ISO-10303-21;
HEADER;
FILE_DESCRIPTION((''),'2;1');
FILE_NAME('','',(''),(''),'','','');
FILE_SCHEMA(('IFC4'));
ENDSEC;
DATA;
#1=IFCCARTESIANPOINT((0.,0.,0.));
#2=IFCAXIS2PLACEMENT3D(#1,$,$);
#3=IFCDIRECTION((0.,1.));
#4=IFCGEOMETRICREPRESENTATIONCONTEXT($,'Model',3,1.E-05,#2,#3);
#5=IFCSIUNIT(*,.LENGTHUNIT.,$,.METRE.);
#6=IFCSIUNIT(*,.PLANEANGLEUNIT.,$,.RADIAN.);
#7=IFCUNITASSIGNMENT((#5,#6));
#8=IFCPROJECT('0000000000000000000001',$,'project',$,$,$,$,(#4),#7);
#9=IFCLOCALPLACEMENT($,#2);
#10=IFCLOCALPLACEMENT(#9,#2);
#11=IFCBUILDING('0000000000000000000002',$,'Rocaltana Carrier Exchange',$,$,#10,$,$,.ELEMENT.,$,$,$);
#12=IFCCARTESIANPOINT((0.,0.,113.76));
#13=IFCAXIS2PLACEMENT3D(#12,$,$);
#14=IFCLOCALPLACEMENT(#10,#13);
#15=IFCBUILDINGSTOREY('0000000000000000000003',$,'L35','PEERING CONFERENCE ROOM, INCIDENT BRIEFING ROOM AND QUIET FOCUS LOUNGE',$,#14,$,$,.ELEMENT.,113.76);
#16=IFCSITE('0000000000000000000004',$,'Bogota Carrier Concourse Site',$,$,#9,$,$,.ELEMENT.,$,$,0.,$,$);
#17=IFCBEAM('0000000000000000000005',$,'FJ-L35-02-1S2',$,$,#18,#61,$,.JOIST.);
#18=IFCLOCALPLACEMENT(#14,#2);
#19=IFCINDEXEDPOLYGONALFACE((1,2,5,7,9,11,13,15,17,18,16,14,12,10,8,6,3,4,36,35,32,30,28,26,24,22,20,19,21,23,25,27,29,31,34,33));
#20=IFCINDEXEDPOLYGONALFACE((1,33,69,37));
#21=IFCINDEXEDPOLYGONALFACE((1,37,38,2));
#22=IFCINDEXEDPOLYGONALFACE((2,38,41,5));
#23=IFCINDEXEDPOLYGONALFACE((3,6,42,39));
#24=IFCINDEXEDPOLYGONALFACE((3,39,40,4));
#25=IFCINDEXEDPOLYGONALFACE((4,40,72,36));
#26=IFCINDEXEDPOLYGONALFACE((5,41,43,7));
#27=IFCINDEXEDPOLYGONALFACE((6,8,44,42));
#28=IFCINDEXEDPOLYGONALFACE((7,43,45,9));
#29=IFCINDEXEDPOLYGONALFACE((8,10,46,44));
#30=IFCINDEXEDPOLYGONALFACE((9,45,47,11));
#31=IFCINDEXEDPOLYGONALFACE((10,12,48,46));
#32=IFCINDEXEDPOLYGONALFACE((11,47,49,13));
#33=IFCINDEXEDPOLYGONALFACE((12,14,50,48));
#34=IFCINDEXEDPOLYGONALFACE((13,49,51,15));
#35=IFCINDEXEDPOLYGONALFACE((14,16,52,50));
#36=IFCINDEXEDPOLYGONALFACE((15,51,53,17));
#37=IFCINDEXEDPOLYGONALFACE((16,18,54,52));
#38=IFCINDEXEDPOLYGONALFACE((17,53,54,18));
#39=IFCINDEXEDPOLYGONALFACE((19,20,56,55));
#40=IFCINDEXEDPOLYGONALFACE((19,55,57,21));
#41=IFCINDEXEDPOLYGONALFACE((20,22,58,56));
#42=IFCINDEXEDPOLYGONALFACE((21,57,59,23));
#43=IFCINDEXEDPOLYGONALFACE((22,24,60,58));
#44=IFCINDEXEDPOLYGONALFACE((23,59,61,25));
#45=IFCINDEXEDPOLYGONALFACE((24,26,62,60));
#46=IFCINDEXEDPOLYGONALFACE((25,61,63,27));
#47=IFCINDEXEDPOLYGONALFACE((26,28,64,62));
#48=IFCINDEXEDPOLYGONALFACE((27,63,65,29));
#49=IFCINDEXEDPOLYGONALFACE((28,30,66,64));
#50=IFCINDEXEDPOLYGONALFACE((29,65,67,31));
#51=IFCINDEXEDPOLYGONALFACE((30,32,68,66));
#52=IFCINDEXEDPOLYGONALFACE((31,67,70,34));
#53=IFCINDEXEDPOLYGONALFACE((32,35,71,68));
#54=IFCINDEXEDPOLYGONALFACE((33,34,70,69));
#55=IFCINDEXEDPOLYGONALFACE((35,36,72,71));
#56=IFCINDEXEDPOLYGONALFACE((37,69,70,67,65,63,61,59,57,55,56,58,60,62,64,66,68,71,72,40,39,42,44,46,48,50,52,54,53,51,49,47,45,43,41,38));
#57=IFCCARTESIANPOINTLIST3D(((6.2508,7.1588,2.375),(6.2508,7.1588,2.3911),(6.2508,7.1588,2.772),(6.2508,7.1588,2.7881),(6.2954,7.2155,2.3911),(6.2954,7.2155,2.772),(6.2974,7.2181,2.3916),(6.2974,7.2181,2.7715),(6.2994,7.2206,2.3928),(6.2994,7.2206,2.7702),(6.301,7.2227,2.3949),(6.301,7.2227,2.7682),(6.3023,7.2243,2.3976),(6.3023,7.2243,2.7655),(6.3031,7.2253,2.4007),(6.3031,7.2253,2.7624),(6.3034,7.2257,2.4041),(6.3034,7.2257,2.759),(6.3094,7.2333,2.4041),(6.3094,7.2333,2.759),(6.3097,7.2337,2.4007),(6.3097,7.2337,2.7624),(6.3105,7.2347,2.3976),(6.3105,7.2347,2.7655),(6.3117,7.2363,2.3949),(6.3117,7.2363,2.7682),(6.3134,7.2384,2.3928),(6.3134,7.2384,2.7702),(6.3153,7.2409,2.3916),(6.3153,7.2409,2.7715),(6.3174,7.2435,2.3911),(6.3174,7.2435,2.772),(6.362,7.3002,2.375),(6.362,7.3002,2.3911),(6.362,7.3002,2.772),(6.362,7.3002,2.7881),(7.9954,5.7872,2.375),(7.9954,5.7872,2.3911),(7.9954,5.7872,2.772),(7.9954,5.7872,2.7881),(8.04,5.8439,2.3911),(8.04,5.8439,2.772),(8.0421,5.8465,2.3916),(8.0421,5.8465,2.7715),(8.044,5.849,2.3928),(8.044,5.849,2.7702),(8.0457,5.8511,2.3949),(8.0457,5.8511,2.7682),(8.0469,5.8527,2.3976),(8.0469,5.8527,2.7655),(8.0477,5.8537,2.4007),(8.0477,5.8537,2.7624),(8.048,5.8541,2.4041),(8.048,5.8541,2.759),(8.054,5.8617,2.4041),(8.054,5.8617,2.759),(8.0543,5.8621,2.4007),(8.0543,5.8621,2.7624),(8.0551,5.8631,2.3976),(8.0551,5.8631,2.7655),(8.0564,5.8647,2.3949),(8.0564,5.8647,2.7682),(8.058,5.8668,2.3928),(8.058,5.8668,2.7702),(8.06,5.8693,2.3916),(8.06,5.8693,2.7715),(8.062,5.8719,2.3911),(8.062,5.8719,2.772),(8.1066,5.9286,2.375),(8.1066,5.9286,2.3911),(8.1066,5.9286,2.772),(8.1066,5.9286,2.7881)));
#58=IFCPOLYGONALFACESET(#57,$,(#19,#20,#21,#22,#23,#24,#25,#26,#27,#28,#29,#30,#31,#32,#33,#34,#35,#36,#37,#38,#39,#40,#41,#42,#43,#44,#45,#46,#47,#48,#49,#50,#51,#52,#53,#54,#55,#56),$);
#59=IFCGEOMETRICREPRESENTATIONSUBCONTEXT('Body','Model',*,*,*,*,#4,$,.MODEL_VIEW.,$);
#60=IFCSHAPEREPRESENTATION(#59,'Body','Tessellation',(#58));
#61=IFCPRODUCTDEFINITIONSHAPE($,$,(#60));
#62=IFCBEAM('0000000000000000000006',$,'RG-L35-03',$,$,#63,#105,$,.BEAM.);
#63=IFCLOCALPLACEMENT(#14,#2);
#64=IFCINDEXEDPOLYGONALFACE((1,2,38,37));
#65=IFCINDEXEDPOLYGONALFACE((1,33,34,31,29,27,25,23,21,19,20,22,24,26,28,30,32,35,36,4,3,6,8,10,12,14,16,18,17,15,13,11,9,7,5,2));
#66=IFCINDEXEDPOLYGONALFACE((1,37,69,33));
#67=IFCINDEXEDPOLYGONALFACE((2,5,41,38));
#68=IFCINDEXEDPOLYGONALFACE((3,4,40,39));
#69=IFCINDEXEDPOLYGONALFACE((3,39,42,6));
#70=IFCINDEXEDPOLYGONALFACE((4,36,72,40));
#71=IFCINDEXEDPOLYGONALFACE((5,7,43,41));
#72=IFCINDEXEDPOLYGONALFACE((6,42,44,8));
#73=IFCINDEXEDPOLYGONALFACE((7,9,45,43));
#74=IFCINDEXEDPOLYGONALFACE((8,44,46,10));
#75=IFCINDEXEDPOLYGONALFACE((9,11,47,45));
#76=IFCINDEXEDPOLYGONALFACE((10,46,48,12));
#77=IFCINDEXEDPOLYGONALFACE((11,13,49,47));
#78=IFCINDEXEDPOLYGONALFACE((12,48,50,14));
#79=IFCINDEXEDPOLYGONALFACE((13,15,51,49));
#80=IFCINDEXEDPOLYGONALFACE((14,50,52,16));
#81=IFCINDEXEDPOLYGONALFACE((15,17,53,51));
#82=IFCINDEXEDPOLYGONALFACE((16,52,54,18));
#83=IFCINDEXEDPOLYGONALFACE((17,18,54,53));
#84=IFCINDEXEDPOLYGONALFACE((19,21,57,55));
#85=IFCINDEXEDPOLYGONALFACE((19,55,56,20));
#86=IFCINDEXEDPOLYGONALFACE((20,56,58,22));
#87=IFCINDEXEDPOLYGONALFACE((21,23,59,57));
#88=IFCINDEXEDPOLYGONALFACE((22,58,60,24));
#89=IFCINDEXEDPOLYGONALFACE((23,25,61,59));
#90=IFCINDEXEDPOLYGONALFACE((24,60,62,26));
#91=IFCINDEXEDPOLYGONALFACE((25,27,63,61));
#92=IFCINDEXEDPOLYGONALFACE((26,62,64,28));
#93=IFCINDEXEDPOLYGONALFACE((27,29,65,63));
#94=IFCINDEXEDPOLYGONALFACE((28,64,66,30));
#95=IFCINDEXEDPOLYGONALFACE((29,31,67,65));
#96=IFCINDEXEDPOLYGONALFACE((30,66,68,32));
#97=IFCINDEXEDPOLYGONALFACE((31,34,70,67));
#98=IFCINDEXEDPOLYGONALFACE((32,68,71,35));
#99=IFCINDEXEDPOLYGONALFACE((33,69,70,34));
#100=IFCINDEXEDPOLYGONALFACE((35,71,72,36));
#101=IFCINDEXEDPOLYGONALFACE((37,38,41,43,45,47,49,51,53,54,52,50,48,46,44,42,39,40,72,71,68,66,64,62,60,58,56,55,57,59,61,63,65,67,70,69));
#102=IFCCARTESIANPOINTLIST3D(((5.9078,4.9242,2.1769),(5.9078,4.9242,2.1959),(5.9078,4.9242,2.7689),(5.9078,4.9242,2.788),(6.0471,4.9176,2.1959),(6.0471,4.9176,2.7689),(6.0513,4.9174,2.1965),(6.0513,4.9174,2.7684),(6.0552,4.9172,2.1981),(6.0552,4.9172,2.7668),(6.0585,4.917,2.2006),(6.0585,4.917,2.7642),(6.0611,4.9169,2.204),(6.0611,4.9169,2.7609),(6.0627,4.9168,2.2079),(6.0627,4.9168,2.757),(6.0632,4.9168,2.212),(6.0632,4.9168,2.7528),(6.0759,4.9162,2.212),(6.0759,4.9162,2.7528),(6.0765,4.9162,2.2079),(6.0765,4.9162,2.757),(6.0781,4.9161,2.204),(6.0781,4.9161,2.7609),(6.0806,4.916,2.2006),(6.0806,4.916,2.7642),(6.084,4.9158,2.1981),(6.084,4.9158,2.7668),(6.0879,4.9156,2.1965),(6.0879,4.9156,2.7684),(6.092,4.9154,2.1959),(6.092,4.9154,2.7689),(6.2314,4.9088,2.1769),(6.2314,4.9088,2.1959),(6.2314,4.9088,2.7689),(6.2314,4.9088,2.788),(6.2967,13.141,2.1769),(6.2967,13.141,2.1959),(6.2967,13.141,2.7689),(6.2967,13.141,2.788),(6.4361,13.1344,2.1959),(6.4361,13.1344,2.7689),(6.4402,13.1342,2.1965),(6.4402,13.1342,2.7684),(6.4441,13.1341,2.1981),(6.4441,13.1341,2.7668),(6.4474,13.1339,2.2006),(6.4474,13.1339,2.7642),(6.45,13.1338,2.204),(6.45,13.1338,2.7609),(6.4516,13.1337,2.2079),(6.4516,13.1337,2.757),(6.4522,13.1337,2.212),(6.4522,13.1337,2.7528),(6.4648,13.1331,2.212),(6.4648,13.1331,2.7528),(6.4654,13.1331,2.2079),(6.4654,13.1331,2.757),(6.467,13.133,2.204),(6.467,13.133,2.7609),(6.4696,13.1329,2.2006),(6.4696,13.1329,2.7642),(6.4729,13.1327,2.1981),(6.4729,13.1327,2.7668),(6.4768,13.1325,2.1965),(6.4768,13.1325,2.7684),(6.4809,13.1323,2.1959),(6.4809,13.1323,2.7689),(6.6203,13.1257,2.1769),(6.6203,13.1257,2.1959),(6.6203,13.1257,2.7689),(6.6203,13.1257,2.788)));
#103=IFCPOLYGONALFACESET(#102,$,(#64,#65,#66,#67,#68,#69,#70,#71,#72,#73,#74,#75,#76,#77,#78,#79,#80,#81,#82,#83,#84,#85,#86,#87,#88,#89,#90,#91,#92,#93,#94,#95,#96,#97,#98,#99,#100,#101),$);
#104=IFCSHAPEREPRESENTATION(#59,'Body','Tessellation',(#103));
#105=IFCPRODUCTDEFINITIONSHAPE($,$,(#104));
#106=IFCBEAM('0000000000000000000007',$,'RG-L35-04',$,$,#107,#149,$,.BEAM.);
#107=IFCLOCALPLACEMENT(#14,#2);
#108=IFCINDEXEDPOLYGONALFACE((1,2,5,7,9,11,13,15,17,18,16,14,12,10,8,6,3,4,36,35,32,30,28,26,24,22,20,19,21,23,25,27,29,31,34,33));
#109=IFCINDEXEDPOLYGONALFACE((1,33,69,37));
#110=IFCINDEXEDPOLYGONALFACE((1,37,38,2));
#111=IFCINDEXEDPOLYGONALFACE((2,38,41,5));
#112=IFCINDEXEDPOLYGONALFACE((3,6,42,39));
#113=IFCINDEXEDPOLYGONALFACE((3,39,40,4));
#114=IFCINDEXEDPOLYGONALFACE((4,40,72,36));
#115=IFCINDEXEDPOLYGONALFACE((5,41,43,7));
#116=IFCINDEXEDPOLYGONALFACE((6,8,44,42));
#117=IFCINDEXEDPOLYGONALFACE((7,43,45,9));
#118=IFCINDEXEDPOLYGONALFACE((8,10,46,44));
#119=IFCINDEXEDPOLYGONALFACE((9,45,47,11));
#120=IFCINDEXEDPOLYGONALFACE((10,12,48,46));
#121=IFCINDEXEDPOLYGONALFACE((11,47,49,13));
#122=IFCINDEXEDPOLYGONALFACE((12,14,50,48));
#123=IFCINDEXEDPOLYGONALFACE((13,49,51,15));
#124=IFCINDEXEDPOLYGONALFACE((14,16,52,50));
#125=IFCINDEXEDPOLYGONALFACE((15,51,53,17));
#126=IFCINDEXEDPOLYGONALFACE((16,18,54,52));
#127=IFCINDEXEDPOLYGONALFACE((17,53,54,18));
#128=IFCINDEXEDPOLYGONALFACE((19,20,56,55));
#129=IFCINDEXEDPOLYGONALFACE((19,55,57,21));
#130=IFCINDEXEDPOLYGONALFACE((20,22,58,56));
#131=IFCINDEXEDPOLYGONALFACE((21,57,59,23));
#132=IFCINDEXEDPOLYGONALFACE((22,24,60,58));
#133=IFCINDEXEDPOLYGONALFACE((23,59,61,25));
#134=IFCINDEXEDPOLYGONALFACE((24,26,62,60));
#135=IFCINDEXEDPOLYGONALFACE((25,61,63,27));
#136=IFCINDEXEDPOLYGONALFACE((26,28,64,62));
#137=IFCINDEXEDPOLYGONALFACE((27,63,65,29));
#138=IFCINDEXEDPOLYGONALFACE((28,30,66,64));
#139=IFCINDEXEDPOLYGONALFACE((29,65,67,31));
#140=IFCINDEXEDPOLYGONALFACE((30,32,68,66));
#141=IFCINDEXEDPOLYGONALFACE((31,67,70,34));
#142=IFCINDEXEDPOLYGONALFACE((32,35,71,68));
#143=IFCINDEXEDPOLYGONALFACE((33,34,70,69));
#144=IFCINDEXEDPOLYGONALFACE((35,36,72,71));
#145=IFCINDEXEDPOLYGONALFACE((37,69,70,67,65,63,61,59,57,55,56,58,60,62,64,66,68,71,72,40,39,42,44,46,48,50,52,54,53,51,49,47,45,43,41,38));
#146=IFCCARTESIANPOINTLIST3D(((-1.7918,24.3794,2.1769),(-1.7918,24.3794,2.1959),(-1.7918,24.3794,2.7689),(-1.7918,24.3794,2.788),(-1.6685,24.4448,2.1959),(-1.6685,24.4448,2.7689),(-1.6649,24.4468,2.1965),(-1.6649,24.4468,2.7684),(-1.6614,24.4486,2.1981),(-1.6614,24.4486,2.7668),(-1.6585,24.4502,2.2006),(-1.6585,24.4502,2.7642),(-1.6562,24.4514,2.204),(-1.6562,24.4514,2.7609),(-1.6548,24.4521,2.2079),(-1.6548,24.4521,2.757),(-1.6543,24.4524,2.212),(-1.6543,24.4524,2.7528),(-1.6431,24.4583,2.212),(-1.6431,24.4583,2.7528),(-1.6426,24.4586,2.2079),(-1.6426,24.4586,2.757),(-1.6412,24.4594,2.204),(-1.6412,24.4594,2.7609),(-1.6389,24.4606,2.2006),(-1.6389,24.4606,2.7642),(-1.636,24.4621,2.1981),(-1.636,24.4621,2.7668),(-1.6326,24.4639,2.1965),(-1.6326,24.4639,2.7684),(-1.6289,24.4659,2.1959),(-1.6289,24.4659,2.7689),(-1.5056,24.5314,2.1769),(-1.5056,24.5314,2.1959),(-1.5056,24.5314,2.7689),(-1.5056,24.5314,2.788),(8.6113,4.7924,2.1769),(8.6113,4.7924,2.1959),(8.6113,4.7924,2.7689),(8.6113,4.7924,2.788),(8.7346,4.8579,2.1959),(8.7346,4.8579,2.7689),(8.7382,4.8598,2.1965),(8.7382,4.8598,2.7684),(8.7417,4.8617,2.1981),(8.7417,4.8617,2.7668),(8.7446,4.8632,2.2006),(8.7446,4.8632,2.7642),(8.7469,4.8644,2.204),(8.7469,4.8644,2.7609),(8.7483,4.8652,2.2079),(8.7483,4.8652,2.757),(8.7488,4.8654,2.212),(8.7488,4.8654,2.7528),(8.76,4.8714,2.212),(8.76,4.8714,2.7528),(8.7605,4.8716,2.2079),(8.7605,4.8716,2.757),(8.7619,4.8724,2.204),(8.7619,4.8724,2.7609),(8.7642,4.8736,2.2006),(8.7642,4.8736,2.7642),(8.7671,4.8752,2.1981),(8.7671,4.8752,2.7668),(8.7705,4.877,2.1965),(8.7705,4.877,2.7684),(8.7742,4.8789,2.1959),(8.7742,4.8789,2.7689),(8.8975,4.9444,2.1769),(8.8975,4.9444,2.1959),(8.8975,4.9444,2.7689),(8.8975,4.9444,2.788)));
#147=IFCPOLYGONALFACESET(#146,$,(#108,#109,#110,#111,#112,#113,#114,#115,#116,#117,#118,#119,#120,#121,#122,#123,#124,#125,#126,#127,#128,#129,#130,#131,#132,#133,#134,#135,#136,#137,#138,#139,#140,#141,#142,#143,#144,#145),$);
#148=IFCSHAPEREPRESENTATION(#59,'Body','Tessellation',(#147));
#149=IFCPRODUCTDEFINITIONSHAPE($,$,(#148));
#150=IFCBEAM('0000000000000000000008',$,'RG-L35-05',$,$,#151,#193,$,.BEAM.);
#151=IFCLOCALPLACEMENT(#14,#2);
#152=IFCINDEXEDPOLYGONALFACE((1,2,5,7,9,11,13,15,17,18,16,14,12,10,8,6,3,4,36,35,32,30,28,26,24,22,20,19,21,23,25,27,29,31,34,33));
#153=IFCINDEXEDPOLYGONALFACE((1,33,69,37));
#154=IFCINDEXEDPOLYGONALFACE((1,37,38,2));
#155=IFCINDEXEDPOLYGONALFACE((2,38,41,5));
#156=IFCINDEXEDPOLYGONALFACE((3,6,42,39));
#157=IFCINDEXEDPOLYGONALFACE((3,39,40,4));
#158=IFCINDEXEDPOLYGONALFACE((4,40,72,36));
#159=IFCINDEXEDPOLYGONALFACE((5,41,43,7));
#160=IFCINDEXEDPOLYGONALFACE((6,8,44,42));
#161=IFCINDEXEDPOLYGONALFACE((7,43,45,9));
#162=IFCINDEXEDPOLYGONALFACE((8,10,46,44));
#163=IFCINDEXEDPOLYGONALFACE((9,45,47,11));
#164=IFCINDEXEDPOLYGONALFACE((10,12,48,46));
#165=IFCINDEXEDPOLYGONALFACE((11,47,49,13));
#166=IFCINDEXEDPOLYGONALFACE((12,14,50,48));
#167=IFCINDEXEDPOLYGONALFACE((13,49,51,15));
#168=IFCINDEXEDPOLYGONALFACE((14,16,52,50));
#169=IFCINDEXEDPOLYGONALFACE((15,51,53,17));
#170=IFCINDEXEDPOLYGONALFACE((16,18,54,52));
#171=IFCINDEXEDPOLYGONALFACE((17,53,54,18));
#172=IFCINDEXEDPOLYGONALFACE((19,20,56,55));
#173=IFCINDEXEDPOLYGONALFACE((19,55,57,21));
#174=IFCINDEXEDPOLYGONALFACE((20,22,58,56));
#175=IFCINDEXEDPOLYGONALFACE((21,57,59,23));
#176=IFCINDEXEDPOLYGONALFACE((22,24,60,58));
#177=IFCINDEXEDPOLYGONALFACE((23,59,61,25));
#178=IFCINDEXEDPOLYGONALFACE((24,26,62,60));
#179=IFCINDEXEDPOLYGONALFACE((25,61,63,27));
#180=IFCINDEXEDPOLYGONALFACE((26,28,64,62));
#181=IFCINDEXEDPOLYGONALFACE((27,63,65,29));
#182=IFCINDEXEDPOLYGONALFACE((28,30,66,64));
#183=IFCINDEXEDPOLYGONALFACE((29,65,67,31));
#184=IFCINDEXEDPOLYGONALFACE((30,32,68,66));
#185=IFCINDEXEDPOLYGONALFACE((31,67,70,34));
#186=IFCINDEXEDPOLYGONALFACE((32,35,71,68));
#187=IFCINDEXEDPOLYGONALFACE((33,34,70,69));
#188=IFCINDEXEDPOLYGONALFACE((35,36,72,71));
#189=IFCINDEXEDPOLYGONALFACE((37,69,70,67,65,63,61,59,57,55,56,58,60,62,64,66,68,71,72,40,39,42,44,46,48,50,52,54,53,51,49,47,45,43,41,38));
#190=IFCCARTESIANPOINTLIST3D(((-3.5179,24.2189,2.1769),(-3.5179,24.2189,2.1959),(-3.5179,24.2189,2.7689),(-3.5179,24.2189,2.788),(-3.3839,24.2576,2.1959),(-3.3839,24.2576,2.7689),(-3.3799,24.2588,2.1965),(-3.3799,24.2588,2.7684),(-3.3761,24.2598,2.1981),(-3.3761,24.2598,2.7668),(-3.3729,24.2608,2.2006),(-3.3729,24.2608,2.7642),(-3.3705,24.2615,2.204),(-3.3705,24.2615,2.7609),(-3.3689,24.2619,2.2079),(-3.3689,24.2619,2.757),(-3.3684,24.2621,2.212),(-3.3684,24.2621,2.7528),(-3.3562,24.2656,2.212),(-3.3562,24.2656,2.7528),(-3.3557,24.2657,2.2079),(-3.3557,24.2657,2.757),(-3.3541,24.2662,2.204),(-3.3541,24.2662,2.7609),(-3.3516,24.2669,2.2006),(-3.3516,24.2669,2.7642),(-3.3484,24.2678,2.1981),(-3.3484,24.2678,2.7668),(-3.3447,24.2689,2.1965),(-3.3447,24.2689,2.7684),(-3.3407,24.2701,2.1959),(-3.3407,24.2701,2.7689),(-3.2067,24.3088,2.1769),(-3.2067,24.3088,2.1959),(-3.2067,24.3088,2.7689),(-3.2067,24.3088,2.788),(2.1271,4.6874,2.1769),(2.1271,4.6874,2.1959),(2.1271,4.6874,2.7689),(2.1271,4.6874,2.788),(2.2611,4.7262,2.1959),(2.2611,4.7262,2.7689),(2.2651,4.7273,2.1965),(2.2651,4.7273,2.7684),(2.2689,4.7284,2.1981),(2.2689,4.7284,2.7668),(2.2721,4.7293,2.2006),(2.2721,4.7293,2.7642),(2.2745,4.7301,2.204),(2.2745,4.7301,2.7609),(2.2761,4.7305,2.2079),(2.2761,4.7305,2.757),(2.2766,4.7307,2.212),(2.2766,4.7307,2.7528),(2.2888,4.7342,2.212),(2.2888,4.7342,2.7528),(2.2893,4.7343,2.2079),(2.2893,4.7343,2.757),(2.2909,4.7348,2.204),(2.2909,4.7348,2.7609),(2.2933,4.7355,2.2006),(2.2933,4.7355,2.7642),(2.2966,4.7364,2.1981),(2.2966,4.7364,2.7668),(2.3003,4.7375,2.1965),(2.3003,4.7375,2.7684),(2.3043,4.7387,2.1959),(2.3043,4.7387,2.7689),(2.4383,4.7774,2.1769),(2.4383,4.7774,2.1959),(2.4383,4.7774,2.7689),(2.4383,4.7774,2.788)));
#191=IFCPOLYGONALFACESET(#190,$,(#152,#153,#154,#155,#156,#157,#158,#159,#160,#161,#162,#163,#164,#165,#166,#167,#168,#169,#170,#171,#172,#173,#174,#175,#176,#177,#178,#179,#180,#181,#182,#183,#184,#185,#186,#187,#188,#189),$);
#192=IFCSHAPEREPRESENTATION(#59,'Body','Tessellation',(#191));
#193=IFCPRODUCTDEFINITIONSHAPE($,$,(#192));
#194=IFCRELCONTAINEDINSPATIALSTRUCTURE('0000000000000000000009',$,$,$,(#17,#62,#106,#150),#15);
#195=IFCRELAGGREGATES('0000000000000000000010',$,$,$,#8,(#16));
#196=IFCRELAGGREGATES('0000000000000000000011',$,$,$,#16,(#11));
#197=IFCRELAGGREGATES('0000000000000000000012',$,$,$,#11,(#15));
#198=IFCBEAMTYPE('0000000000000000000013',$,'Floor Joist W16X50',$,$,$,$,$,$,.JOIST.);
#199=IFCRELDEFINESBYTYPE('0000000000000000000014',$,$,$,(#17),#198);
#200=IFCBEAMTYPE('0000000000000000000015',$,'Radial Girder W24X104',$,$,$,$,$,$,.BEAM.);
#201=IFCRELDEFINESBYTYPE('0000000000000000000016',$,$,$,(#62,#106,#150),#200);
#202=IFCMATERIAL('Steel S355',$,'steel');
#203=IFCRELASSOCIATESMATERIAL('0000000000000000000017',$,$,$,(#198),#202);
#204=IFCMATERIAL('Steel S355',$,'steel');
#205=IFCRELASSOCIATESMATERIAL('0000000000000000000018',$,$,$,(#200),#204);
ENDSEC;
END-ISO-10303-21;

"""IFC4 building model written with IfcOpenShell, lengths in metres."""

from ifc_helpers import new_model, si_unit, direction, frame, origin, origin_2d, place, context, subcontext, project, spatial, i_section, extrude, material, material_profile, profile_set, type_object, element, save


model = new_model("IFC4")

# Units and contexts
model_context = context("Model", 3, precision=1e-05, world=origin(), true_north=direction((0.0, 1.0)))
body_context = subcontext(model_context, "Body", "Model", "MODEL_VIEW")
ifc_project = project(units=[si_unit("LENGTHUNIT", "METRE"), si_unit("PLANEANGLEUNIT", "RADIAN")], contexts=[model_context])

# Site, building, storey
site_placement = place(None, origin())
site = spatial("IfcSite", under=ifc_project, at=site_placement, Name="Bogota Carrier Concourse Site", CompositionType="ELEMENT", RefElevation=0.0)
building_placement = place(site_placement, origin())
building = spatial("IfcBuilding", under=site, at=building_placement, Name="Rocaltana Carrier Exchange", CompositionType="ELEMENT")
storey_placement = place(building_placement, frame((0.0, 0.0, 113.76)))
storey = spatial("IfcBuildingStorey", under=building, at=storey_placement, Name="L35", Description="PEERING CONFERENCE ROOM, INCIDENT BRIEFING ROOM AND QUIET FOCUS LOUNGE", CompositionType="ELEMENT", Elevation=113.76)

# Beams
ifc_material_1 = material(Name="Steel S355", Category="steel")
ifc_material_profile_1 = material_profile(ifc_material_1, i_section(OverallWidth=0.1799, OverallDepth=0.4131, WebThickness=0.0098, FlangeThickness=0.0161, FilletRadius=0.0129, at=origin_2d()), Name="W16X50")
ifc_profile_set_1 = profile_set([ifc_material_profile_1], Name="Steel S355")
beam_type_1 = type_object("IfcBeamType", Name="Floor Joist W16X50", PredefinedType="JOIST", material=ifc_profile_set_1)
beam_1_placement = place(storey_placement, frame((8.051, 5.8579, 2.5815), z_axis=(-0.786143, 0.618045, 0.0), x_axis=(-0.618045, -0.786143, 0.0)))
element("IfcBeam", 1, at=beam_1_placement, inside=storey, type_object=beam_type_1, Name="FJ-L35-02-1S2", PredefinedType="JOIST", context=body_context, shape_type="SweptSolid", body=[
    extrude(i_section(OverallWidth=0.1799, OverallDepth=0.4131, WebThickness=0.0098, FlangeThickness=0.0161, FilletRadius=0.0129, at=origin_2d()), origin(), (0.0, 0.0, 1.0), 2.2192),
])
ifc_material_2 = material(Name="Steel S355", Category="steel")
ifc_material_profile_2 = material_profile(ifc_material_2, i_section(OverallWidth=0.324, OverallDepth=0.6111, WebThickness=0.0127, FlangeThickness=0.019, FilletRadius=0.0161, at=origin_2d()), Name="W24X104")
ifc_profile_set_2 = profile_set([ifc_material_profile_2], Name="Steel S355")
beam_type_2 = type_object("IfcBeamType", Name="Radial Girder W24X104", PredefinedType="BEAM", material=ifc_profile_set_2)
beam_2_placement = place(storey_placement, frame((6.0696, 4.9165, 2.4824), z_axis=(0.047279, 0.998882, 0.0), x_axis=(-0.998882, 0.047279, 0.0)))
element("IfcBeam", 2, at=beam_2_placement, inside=storey, type_object=beam_type_2, Name="RG-L35-03", PredefinedType="BEAM", context=body_context, shape_type="SweptSolid", body=[
    extrude(i_section(OverallWidth=0.324, OverallDepth=0.6111, WebThickness=0.0127, FlangeThickness=0.019, FilletRadius=0.0161, at=origin_2d()), origin(), (0.0, 0.0, 1.0), 8.2261),
])
beam_3_placement = place(storey_placement, frame((8.7544, 4.8684, 2.4824), z_axis=(-0.469068, 0.883162, 0.0), x_axis=(-0.883162, -0.469068, 0.0)))
element("IfcBeam", 3, at=beam_3_placement, inside=storey, type_object=beam_type_2, Name="RG-L35-04", PredefinedType="BEAM", context=body_context, shape_type="SweptSolid", body=[
    extrude(i_section(OverallWidth=0.324, OverallDepth=0.6111, WebThickness=0.0127, FlangeThickness=0.019, FilletRadius=0.0161, at=origin_2d()), origin(), (0.0, 0.0, 1.0), 22.1782),
])
beam_4_placement = place(storey_placement, frame((2.2827, 4.7324, 2.4824), z_axis=(-0.277657, 0.96068, 0.0), x_axis=(-0.96068, -0.277657, 0.0)))
element("IfcBeam", 4, at=beam_4_placement, inside=storey, type_object=beam_type_2, Name="RG-L35-05", PredefinedType="BEAM", context=body_context, shape_type="SweptSolid", body=[
    extrude(i_section(OverallWidth=0.324, OverallDepth=0.6111, WebThickness=0.0127, FlangeThickness=0.019, FilletRadius=0.0161, at=origin_2d()), origin(), (0.0, 0.0, 1.0), 20.3308),
])

save(model, "model.ifc")
